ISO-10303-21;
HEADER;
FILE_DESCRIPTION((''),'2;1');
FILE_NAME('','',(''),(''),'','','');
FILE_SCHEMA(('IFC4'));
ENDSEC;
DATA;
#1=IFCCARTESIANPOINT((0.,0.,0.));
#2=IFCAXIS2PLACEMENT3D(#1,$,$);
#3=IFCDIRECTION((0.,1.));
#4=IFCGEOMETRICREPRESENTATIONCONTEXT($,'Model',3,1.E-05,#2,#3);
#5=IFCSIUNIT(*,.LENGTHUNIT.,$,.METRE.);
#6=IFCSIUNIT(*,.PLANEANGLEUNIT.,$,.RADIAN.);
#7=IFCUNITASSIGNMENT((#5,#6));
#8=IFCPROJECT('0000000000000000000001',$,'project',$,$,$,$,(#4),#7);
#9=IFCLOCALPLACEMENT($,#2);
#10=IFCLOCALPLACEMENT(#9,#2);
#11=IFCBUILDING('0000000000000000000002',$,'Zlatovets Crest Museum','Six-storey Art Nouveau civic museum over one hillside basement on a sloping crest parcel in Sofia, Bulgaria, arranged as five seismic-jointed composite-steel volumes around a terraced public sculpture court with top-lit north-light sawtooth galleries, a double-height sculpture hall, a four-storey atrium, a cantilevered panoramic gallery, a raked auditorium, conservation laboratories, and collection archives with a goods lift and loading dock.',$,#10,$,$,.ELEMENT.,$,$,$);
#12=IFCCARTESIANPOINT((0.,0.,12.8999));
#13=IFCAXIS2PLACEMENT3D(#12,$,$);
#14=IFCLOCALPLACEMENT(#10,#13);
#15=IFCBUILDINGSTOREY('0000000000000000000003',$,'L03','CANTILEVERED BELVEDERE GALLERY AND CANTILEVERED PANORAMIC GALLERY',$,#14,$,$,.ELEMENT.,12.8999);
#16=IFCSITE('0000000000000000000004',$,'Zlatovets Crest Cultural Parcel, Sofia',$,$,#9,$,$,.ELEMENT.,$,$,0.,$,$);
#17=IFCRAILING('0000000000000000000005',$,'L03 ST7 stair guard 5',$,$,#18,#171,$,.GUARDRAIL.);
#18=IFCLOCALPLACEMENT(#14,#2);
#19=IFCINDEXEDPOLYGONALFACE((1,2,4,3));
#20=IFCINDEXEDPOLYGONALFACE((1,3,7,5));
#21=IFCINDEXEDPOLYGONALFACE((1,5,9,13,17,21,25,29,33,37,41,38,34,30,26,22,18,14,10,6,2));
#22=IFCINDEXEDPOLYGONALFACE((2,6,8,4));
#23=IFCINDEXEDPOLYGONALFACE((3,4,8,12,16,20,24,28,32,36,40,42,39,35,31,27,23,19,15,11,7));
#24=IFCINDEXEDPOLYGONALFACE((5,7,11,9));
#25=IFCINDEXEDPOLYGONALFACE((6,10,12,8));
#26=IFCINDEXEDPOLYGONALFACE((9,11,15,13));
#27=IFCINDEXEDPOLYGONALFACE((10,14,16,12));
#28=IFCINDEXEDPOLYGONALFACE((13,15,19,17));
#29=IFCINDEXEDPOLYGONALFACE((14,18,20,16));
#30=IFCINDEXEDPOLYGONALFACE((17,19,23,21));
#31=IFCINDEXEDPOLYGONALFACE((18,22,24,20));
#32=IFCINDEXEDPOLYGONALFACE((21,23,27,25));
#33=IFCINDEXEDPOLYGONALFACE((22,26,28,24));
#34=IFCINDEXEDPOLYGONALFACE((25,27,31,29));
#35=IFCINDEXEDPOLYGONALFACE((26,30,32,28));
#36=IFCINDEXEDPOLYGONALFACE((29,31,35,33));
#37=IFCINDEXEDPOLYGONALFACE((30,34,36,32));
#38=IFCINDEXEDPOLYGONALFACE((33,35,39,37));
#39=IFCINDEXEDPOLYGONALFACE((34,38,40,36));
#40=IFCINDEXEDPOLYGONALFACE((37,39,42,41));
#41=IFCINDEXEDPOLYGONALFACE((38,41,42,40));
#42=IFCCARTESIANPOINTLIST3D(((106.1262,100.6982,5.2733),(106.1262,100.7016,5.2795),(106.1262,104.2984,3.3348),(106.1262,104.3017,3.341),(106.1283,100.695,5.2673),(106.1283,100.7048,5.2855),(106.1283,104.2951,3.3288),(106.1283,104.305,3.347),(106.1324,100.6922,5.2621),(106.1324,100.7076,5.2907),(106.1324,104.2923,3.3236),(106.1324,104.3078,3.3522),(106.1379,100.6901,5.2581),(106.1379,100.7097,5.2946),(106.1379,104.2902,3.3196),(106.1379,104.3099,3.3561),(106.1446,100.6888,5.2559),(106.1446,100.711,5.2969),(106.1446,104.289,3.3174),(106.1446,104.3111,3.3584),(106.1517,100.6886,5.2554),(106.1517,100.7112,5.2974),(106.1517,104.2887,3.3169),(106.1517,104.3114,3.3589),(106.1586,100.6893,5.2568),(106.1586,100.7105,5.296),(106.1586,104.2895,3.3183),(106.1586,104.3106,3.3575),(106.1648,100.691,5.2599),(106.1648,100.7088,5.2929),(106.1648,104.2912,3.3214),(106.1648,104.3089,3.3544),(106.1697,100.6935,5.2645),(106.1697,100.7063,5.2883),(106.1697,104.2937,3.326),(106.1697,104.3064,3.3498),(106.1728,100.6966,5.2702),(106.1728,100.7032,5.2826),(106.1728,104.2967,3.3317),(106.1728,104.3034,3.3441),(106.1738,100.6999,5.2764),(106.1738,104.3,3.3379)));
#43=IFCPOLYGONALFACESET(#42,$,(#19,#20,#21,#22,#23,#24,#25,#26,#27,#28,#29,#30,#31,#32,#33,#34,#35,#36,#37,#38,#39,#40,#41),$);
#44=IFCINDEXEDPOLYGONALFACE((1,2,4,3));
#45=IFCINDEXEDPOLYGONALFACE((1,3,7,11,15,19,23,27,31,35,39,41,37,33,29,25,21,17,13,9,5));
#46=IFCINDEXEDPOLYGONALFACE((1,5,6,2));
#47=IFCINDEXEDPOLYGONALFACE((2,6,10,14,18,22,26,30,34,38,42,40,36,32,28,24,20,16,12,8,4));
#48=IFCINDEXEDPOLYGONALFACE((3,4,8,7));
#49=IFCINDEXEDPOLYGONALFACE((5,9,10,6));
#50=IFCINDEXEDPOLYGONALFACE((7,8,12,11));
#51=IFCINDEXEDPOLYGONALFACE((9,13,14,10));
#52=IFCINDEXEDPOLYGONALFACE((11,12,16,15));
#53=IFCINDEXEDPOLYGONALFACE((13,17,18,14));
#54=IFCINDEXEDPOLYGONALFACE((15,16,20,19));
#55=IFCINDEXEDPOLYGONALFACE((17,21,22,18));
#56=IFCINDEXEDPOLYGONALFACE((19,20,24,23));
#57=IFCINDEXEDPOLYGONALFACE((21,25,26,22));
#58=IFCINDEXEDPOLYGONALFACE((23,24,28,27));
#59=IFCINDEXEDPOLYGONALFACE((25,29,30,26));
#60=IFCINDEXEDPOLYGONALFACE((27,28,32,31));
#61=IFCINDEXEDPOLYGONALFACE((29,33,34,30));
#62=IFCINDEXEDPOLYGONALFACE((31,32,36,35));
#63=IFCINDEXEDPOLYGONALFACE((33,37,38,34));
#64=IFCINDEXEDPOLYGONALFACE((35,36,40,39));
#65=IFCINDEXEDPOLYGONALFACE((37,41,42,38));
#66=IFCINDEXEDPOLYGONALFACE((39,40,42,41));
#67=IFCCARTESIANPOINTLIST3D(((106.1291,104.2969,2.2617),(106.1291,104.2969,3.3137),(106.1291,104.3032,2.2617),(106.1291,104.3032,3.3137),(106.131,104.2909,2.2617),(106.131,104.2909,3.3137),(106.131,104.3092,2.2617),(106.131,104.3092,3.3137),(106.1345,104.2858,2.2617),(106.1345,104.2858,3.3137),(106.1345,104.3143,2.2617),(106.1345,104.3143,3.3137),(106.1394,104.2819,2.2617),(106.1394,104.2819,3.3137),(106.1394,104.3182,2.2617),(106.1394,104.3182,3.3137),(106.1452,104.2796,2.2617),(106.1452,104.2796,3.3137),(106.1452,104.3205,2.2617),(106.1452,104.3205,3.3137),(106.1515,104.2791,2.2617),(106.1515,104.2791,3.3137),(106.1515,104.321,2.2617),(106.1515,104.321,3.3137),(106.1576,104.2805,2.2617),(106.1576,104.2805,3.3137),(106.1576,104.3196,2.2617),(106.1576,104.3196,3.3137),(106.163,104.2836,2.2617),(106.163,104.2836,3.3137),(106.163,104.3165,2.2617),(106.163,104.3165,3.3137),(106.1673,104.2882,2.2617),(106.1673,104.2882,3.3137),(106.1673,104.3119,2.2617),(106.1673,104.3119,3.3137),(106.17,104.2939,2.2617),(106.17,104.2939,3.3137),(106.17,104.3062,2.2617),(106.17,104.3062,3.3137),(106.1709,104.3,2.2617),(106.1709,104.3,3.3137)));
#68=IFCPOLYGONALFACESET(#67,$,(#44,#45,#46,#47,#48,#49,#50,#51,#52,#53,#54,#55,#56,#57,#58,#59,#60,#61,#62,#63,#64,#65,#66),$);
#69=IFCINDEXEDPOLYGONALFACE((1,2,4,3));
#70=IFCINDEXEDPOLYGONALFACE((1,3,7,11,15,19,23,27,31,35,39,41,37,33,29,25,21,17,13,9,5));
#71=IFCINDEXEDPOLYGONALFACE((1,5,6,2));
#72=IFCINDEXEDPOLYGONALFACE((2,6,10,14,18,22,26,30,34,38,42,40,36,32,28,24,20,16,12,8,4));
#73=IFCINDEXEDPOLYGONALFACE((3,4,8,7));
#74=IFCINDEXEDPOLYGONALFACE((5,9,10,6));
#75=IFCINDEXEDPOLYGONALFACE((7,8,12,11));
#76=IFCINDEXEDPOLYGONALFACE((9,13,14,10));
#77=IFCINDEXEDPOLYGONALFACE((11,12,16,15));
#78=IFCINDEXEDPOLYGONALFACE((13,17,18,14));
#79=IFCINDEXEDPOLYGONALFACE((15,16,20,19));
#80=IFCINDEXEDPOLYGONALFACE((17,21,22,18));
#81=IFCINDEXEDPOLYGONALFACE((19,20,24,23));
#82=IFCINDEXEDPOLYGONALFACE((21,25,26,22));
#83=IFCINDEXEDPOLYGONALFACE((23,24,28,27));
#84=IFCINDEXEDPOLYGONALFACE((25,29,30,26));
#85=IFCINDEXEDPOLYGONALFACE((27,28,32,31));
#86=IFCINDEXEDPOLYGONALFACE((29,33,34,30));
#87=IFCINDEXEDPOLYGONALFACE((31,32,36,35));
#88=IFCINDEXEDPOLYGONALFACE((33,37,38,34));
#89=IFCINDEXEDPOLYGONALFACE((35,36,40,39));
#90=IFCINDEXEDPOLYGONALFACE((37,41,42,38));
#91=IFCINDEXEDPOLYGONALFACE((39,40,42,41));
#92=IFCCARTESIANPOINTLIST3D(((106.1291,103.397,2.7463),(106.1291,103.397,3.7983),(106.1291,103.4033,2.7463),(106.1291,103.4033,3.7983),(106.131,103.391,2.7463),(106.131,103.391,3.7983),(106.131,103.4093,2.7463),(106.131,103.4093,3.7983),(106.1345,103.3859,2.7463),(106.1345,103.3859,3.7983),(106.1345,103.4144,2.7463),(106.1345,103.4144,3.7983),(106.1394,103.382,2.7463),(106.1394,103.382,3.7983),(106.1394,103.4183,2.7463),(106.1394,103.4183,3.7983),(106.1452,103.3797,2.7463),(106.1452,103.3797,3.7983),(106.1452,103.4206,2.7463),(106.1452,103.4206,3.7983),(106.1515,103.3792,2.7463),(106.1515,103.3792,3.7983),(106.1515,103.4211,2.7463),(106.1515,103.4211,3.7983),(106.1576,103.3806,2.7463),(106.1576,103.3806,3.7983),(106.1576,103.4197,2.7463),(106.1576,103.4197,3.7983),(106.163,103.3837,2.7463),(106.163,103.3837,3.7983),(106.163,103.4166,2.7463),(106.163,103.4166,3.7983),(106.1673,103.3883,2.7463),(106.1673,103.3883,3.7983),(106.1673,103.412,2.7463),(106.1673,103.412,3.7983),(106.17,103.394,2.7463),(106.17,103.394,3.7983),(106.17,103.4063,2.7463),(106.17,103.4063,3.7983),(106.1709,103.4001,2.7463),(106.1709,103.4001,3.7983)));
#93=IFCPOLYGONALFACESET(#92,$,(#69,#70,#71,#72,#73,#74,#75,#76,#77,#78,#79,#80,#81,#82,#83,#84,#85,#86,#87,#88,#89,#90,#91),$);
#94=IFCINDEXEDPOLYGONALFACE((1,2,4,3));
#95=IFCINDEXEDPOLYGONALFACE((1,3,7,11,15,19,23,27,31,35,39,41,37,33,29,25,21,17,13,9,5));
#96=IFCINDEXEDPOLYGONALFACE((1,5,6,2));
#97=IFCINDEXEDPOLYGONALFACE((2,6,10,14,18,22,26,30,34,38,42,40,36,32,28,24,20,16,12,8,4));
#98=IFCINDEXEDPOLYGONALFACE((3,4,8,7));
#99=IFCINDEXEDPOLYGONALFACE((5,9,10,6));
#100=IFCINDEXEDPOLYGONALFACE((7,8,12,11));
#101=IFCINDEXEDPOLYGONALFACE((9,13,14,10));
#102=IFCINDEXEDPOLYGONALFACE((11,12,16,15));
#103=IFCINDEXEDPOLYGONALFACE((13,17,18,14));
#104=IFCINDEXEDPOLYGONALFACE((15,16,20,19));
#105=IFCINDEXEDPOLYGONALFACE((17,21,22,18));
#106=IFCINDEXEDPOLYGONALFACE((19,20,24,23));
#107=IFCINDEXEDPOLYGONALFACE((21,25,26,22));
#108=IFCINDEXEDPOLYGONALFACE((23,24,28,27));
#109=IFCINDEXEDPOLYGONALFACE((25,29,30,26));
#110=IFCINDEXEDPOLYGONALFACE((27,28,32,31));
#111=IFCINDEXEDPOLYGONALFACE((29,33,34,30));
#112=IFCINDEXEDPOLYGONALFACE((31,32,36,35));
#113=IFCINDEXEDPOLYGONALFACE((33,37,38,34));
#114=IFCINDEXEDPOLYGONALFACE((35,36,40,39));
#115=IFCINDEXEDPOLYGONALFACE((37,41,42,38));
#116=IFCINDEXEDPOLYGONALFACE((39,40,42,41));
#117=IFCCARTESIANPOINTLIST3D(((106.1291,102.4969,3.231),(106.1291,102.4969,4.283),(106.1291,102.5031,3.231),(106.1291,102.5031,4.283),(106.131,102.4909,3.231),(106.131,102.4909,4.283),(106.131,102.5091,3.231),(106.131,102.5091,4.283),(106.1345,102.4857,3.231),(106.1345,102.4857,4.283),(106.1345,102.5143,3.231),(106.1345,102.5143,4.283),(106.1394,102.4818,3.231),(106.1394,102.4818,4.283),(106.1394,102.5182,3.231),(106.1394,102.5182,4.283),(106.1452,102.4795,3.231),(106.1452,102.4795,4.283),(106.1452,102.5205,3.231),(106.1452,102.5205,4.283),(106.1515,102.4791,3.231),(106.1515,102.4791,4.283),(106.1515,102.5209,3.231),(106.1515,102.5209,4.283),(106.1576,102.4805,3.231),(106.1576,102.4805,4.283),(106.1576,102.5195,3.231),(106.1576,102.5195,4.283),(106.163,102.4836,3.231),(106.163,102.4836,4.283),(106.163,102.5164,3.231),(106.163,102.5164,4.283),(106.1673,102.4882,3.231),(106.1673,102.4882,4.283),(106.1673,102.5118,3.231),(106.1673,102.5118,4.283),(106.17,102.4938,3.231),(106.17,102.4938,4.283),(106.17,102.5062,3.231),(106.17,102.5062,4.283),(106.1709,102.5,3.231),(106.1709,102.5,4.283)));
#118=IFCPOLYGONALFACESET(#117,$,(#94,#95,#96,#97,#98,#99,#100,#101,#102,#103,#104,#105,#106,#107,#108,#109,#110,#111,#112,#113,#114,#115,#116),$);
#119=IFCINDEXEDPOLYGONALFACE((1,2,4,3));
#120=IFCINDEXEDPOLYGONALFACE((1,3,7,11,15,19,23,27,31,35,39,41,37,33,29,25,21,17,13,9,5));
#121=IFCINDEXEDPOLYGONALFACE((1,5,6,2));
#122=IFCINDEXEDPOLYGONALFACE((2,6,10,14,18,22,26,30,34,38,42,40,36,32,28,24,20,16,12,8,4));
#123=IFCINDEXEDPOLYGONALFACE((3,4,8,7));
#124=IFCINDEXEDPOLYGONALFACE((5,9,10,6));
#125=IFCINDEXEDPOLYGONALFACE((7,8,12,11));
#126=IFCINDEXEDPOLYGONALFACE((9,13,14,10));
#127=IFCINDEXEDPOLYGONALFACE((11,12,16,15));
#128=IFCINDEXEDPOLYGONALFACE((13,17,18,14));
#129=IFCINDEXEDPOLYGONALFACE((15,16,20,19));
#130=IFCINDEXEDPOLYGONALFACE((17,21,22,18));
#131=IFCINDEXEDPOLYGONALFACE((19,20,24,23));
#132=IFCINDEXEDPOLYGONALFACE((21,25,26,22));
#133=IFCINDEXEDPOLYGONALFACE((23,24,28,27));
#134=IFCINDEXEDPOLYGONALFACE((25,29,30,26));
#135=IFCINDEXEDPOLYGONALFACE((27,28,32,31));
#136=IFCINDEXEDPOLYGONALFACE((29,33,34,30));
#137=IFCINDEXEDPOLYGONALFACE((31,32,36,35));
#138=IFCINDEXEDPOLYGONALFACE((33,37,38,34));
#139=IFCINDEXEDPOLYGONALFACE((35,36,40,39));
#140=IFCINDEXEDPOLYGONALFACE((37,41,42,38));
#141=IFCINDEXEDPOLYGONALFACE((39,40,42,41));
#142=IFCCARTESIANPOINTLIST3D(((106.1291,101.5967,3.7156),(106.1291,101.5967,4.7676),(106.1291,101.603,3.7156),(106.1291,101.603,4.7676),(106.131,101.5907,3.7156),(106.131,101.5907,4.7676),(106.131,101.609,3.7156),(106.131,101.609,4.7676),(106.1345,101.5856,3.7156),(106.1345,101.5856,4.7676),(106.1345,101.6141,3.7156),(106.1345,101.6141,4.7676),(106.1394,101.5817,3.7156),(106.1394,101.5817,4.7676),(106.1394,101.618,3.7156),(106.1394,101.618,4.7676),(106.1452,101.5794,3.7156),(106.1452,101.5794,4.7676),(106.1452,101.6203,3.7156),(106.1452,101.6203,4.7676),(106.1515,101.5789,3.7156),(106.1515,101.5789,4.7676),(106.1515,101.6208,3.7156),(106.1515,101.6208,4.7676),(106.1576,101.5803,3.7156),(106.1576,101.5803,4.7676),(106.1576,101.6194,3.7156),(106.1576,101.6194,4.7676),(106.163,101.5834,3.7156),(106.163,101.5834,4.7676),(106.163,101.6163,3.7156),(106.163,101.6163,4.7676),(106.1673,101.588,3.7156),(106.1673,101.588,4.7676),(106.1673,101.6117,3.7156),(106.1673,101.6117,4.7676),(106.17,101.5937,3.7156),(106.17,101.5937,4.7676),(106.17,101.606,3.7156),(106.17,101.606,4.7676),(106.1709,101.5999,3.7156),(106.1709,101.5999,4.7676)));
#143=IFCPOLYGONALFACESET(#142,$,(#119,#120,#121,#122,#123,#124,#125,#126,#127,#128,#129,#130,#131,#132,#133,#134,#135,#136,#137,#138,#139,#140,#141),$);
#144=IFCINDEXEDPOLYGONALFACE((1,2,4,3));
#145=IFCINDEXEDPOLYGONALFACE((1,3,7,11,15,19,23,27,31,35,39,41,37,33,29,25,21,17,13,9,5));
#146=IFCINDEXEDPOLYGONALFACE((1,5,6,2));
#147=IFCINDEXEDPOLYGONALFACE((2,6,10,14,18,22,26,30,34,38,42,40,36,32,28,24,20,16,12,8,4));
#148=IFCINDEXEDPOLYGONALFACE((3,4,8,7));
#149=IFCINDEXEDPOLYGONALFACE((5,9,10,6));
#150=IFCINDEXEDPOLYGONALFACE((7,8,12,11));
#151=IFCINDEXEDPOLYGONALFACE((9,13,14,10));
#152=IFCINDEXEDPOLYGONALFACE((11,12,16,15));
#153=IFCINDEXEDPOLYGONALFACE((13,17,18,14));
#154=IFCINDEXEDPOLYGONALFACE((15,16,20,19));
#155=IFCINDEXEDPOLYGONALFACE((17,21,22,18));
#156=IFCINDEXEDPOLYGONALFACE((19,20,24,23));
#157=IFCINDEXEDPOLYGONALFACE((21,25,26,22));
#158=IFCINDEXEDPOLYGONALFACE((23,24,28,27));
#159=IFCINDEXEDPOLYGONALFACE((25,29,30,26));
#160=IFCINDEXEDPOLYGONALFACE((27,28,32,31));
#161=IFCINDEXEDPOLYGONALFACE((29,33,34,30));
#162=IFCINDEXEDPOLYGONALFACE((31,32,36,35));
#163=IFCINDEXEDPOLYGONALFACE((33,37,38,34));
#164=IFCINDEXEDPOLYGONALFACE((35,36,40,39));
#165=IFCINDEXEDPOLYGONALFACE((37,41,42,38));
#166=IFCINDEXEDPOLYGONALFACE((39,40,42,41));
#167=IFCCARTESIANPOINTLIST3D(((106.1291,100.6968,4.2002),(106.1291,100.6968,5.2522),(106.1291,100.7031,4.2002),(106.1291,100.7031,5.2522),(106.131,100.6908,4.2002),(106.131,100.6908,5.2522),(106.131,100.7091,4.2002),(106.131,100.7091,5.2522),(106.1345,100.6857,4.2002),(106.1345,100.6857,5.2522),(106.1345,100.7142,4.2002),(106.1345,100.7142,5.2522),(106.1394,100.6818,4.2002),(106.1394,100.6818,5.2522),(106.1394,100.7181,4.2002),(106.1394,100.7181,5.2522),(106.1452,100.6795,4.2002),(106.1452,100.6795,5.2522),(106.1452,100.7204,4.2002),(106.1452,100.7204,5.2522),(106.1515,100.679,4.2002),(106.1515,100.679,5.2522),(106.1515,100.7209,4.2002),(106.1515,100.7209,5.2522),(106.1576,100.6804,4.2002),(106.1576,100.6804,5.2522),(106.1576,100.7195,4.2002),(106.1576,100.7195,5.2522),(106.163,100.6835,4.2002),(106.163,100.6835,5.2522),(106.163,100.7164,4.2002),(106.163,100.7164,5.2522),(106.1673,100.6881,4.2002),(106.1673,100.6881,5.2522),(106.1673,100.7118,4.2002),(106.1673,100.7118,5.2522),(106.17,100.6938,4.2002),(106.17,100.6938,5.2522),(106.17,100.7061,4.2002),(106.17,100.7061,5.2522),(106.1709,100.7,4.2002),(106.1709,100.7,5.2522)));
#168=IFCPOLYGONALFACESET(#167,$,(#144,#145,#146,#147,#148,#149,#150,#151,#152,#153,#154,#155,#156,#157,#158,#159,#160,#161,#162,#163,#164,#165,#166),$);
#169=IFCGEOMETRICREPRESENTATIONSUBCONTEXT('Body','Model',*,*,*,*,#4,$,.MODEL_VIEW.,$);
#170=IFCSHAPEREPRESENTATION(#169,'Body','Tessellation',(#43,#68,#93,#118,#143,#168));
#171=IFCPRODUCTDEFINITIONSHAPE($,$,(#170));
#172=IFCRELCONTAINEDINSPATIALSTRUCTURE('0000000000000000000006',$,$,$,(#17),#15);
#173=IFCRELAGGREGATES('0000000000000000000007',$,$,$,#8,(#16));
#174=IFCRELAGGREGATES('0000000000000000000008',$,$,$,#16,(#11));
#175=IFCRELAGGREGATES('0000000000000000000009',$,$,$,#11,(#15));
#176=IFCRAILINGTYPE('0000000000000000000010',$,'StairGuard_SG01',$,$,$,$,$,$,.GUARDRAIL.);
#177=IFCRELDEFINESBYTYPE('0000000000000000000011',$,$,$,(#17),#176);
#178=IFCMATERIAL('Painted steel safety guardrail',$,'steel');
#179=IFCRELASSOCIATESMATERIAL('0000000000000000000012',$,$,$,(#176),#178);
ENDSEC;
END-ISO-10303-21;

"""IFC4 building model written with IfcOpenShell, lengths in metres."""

from ifc_helpers import new_model, si_unit, direction, frame, origin, origin_2d, place, context, subcontext, project, spatial, circle, extrude, material, type_object, element, save


model = new_model("IFC4")

# Units and contexts
model_context = context("Model", 3, precision=1e-05, world=origin(), true_north=direction((0.0, 1.0)))
body_context = subcontext(model_context, "Body", "Model", "MODEL_VIEW")
ifc_project = project(units=[si_unit("LENGTHUNIT", "METRE"), si_unit("PLANEANGLEUNIT", "RADIAN")], contexts=[model_context])

# Site, building, storey
site_placement = place(None, origin())
site = spatial("IfcSite", under=ifc_project, at=site_placement, Name="Zlatovets Crest Cultural Parcel, Sofia", CompositionType="ELEMENT", RefElevation=0.0)
building_placement = place(site_placement, origin())
building = spatial("IfcBuilding", under=site, at=building_placement, Name="Zlatovets Crest Museum", Description="Six-storey Art Nouveau civic museum over one hillside basement on a sloping crest parcel in Sofia, Bulgaria, arranged as five seismic-jointed composite-steel volumes around a terraced public sculpture court with top-lit north-light sawtooth galleries, a double-height sculpture hall, a four-storey atrium, a cantilevered panoramic gallery, a raked auditorium, conservation laboratories, and collection archives with a goods lift and loading dock.", CompositionType="ELEMENT")
storey_placement = place(building_placement, frame((0.0, 0.0, 12.8999)))
storey = spatial("IfcBuildingStorey", under=building, at=storey_placement, Name="L03", Description="CANTILEVERED BELVEDERE GALLERY AND CANTILEVERED PANORAMIC GALLERY", CompositionType="ELEMENT", Elevation=12.8999)

# Railing
ifc_material_1 = material(Name="Painted steel safety guardrail", Category="steel")
railing_type_1 = type_object("IfcRailingType", Name="StairGuard_SG01", PredefinedType="GUARDRAIL", material=ifc_material_1)
railing_1_placement = place(storey_placement, frame((106.1499, 104.3, 2.2617)))
element("IfcRailing", 1, at=railing_1_placement, inside=storey, type_object=railing_type_1, Name="L03 ST7 stair guard 5", PredefinedType="GUARDRAIL", context=body_context, shape_type="SweptSolid", body=[
    extrude(circle(Radius=0.0239, at=origin_2d()), frame((0.0, 0.0, 1.0762), z_axis=(0.0, -0.880475, 0.474093), x_axis=(1.0, 0.0, 0.0)), (0.0, 0.0, 1.0), 4.0889),
    extrude(circle(Radius=0.021, at=origin_2d()), origin(), (0.0, 0.0, 1.0), 1.052),
    extrude(circle(Radius=0.021, at=origin_2d()), frame((0.0, -0.8999, 0.4846)), (0.0, 0.0, 1.0), 1.052),
    extrude(circle(Radius=0.021, at=origin_2d()), frame((0.0, -1.8, 0.9692)), (0.0, 0.0, 1.0), 1.052),
    extrude(circle(Radius=0.021, at=origin_2d()), frame((0.0, -2.7002, 1.4539)), (0.0, 0.0, 1.0), 1.052),
    extrude(circle(Radius=0.021, at=origin_2d()), frame((0.0, -3.6001, 1.9385)), (0.0, 0.0, 1.0), 1.052),
])

save(model, "model.ifc")
